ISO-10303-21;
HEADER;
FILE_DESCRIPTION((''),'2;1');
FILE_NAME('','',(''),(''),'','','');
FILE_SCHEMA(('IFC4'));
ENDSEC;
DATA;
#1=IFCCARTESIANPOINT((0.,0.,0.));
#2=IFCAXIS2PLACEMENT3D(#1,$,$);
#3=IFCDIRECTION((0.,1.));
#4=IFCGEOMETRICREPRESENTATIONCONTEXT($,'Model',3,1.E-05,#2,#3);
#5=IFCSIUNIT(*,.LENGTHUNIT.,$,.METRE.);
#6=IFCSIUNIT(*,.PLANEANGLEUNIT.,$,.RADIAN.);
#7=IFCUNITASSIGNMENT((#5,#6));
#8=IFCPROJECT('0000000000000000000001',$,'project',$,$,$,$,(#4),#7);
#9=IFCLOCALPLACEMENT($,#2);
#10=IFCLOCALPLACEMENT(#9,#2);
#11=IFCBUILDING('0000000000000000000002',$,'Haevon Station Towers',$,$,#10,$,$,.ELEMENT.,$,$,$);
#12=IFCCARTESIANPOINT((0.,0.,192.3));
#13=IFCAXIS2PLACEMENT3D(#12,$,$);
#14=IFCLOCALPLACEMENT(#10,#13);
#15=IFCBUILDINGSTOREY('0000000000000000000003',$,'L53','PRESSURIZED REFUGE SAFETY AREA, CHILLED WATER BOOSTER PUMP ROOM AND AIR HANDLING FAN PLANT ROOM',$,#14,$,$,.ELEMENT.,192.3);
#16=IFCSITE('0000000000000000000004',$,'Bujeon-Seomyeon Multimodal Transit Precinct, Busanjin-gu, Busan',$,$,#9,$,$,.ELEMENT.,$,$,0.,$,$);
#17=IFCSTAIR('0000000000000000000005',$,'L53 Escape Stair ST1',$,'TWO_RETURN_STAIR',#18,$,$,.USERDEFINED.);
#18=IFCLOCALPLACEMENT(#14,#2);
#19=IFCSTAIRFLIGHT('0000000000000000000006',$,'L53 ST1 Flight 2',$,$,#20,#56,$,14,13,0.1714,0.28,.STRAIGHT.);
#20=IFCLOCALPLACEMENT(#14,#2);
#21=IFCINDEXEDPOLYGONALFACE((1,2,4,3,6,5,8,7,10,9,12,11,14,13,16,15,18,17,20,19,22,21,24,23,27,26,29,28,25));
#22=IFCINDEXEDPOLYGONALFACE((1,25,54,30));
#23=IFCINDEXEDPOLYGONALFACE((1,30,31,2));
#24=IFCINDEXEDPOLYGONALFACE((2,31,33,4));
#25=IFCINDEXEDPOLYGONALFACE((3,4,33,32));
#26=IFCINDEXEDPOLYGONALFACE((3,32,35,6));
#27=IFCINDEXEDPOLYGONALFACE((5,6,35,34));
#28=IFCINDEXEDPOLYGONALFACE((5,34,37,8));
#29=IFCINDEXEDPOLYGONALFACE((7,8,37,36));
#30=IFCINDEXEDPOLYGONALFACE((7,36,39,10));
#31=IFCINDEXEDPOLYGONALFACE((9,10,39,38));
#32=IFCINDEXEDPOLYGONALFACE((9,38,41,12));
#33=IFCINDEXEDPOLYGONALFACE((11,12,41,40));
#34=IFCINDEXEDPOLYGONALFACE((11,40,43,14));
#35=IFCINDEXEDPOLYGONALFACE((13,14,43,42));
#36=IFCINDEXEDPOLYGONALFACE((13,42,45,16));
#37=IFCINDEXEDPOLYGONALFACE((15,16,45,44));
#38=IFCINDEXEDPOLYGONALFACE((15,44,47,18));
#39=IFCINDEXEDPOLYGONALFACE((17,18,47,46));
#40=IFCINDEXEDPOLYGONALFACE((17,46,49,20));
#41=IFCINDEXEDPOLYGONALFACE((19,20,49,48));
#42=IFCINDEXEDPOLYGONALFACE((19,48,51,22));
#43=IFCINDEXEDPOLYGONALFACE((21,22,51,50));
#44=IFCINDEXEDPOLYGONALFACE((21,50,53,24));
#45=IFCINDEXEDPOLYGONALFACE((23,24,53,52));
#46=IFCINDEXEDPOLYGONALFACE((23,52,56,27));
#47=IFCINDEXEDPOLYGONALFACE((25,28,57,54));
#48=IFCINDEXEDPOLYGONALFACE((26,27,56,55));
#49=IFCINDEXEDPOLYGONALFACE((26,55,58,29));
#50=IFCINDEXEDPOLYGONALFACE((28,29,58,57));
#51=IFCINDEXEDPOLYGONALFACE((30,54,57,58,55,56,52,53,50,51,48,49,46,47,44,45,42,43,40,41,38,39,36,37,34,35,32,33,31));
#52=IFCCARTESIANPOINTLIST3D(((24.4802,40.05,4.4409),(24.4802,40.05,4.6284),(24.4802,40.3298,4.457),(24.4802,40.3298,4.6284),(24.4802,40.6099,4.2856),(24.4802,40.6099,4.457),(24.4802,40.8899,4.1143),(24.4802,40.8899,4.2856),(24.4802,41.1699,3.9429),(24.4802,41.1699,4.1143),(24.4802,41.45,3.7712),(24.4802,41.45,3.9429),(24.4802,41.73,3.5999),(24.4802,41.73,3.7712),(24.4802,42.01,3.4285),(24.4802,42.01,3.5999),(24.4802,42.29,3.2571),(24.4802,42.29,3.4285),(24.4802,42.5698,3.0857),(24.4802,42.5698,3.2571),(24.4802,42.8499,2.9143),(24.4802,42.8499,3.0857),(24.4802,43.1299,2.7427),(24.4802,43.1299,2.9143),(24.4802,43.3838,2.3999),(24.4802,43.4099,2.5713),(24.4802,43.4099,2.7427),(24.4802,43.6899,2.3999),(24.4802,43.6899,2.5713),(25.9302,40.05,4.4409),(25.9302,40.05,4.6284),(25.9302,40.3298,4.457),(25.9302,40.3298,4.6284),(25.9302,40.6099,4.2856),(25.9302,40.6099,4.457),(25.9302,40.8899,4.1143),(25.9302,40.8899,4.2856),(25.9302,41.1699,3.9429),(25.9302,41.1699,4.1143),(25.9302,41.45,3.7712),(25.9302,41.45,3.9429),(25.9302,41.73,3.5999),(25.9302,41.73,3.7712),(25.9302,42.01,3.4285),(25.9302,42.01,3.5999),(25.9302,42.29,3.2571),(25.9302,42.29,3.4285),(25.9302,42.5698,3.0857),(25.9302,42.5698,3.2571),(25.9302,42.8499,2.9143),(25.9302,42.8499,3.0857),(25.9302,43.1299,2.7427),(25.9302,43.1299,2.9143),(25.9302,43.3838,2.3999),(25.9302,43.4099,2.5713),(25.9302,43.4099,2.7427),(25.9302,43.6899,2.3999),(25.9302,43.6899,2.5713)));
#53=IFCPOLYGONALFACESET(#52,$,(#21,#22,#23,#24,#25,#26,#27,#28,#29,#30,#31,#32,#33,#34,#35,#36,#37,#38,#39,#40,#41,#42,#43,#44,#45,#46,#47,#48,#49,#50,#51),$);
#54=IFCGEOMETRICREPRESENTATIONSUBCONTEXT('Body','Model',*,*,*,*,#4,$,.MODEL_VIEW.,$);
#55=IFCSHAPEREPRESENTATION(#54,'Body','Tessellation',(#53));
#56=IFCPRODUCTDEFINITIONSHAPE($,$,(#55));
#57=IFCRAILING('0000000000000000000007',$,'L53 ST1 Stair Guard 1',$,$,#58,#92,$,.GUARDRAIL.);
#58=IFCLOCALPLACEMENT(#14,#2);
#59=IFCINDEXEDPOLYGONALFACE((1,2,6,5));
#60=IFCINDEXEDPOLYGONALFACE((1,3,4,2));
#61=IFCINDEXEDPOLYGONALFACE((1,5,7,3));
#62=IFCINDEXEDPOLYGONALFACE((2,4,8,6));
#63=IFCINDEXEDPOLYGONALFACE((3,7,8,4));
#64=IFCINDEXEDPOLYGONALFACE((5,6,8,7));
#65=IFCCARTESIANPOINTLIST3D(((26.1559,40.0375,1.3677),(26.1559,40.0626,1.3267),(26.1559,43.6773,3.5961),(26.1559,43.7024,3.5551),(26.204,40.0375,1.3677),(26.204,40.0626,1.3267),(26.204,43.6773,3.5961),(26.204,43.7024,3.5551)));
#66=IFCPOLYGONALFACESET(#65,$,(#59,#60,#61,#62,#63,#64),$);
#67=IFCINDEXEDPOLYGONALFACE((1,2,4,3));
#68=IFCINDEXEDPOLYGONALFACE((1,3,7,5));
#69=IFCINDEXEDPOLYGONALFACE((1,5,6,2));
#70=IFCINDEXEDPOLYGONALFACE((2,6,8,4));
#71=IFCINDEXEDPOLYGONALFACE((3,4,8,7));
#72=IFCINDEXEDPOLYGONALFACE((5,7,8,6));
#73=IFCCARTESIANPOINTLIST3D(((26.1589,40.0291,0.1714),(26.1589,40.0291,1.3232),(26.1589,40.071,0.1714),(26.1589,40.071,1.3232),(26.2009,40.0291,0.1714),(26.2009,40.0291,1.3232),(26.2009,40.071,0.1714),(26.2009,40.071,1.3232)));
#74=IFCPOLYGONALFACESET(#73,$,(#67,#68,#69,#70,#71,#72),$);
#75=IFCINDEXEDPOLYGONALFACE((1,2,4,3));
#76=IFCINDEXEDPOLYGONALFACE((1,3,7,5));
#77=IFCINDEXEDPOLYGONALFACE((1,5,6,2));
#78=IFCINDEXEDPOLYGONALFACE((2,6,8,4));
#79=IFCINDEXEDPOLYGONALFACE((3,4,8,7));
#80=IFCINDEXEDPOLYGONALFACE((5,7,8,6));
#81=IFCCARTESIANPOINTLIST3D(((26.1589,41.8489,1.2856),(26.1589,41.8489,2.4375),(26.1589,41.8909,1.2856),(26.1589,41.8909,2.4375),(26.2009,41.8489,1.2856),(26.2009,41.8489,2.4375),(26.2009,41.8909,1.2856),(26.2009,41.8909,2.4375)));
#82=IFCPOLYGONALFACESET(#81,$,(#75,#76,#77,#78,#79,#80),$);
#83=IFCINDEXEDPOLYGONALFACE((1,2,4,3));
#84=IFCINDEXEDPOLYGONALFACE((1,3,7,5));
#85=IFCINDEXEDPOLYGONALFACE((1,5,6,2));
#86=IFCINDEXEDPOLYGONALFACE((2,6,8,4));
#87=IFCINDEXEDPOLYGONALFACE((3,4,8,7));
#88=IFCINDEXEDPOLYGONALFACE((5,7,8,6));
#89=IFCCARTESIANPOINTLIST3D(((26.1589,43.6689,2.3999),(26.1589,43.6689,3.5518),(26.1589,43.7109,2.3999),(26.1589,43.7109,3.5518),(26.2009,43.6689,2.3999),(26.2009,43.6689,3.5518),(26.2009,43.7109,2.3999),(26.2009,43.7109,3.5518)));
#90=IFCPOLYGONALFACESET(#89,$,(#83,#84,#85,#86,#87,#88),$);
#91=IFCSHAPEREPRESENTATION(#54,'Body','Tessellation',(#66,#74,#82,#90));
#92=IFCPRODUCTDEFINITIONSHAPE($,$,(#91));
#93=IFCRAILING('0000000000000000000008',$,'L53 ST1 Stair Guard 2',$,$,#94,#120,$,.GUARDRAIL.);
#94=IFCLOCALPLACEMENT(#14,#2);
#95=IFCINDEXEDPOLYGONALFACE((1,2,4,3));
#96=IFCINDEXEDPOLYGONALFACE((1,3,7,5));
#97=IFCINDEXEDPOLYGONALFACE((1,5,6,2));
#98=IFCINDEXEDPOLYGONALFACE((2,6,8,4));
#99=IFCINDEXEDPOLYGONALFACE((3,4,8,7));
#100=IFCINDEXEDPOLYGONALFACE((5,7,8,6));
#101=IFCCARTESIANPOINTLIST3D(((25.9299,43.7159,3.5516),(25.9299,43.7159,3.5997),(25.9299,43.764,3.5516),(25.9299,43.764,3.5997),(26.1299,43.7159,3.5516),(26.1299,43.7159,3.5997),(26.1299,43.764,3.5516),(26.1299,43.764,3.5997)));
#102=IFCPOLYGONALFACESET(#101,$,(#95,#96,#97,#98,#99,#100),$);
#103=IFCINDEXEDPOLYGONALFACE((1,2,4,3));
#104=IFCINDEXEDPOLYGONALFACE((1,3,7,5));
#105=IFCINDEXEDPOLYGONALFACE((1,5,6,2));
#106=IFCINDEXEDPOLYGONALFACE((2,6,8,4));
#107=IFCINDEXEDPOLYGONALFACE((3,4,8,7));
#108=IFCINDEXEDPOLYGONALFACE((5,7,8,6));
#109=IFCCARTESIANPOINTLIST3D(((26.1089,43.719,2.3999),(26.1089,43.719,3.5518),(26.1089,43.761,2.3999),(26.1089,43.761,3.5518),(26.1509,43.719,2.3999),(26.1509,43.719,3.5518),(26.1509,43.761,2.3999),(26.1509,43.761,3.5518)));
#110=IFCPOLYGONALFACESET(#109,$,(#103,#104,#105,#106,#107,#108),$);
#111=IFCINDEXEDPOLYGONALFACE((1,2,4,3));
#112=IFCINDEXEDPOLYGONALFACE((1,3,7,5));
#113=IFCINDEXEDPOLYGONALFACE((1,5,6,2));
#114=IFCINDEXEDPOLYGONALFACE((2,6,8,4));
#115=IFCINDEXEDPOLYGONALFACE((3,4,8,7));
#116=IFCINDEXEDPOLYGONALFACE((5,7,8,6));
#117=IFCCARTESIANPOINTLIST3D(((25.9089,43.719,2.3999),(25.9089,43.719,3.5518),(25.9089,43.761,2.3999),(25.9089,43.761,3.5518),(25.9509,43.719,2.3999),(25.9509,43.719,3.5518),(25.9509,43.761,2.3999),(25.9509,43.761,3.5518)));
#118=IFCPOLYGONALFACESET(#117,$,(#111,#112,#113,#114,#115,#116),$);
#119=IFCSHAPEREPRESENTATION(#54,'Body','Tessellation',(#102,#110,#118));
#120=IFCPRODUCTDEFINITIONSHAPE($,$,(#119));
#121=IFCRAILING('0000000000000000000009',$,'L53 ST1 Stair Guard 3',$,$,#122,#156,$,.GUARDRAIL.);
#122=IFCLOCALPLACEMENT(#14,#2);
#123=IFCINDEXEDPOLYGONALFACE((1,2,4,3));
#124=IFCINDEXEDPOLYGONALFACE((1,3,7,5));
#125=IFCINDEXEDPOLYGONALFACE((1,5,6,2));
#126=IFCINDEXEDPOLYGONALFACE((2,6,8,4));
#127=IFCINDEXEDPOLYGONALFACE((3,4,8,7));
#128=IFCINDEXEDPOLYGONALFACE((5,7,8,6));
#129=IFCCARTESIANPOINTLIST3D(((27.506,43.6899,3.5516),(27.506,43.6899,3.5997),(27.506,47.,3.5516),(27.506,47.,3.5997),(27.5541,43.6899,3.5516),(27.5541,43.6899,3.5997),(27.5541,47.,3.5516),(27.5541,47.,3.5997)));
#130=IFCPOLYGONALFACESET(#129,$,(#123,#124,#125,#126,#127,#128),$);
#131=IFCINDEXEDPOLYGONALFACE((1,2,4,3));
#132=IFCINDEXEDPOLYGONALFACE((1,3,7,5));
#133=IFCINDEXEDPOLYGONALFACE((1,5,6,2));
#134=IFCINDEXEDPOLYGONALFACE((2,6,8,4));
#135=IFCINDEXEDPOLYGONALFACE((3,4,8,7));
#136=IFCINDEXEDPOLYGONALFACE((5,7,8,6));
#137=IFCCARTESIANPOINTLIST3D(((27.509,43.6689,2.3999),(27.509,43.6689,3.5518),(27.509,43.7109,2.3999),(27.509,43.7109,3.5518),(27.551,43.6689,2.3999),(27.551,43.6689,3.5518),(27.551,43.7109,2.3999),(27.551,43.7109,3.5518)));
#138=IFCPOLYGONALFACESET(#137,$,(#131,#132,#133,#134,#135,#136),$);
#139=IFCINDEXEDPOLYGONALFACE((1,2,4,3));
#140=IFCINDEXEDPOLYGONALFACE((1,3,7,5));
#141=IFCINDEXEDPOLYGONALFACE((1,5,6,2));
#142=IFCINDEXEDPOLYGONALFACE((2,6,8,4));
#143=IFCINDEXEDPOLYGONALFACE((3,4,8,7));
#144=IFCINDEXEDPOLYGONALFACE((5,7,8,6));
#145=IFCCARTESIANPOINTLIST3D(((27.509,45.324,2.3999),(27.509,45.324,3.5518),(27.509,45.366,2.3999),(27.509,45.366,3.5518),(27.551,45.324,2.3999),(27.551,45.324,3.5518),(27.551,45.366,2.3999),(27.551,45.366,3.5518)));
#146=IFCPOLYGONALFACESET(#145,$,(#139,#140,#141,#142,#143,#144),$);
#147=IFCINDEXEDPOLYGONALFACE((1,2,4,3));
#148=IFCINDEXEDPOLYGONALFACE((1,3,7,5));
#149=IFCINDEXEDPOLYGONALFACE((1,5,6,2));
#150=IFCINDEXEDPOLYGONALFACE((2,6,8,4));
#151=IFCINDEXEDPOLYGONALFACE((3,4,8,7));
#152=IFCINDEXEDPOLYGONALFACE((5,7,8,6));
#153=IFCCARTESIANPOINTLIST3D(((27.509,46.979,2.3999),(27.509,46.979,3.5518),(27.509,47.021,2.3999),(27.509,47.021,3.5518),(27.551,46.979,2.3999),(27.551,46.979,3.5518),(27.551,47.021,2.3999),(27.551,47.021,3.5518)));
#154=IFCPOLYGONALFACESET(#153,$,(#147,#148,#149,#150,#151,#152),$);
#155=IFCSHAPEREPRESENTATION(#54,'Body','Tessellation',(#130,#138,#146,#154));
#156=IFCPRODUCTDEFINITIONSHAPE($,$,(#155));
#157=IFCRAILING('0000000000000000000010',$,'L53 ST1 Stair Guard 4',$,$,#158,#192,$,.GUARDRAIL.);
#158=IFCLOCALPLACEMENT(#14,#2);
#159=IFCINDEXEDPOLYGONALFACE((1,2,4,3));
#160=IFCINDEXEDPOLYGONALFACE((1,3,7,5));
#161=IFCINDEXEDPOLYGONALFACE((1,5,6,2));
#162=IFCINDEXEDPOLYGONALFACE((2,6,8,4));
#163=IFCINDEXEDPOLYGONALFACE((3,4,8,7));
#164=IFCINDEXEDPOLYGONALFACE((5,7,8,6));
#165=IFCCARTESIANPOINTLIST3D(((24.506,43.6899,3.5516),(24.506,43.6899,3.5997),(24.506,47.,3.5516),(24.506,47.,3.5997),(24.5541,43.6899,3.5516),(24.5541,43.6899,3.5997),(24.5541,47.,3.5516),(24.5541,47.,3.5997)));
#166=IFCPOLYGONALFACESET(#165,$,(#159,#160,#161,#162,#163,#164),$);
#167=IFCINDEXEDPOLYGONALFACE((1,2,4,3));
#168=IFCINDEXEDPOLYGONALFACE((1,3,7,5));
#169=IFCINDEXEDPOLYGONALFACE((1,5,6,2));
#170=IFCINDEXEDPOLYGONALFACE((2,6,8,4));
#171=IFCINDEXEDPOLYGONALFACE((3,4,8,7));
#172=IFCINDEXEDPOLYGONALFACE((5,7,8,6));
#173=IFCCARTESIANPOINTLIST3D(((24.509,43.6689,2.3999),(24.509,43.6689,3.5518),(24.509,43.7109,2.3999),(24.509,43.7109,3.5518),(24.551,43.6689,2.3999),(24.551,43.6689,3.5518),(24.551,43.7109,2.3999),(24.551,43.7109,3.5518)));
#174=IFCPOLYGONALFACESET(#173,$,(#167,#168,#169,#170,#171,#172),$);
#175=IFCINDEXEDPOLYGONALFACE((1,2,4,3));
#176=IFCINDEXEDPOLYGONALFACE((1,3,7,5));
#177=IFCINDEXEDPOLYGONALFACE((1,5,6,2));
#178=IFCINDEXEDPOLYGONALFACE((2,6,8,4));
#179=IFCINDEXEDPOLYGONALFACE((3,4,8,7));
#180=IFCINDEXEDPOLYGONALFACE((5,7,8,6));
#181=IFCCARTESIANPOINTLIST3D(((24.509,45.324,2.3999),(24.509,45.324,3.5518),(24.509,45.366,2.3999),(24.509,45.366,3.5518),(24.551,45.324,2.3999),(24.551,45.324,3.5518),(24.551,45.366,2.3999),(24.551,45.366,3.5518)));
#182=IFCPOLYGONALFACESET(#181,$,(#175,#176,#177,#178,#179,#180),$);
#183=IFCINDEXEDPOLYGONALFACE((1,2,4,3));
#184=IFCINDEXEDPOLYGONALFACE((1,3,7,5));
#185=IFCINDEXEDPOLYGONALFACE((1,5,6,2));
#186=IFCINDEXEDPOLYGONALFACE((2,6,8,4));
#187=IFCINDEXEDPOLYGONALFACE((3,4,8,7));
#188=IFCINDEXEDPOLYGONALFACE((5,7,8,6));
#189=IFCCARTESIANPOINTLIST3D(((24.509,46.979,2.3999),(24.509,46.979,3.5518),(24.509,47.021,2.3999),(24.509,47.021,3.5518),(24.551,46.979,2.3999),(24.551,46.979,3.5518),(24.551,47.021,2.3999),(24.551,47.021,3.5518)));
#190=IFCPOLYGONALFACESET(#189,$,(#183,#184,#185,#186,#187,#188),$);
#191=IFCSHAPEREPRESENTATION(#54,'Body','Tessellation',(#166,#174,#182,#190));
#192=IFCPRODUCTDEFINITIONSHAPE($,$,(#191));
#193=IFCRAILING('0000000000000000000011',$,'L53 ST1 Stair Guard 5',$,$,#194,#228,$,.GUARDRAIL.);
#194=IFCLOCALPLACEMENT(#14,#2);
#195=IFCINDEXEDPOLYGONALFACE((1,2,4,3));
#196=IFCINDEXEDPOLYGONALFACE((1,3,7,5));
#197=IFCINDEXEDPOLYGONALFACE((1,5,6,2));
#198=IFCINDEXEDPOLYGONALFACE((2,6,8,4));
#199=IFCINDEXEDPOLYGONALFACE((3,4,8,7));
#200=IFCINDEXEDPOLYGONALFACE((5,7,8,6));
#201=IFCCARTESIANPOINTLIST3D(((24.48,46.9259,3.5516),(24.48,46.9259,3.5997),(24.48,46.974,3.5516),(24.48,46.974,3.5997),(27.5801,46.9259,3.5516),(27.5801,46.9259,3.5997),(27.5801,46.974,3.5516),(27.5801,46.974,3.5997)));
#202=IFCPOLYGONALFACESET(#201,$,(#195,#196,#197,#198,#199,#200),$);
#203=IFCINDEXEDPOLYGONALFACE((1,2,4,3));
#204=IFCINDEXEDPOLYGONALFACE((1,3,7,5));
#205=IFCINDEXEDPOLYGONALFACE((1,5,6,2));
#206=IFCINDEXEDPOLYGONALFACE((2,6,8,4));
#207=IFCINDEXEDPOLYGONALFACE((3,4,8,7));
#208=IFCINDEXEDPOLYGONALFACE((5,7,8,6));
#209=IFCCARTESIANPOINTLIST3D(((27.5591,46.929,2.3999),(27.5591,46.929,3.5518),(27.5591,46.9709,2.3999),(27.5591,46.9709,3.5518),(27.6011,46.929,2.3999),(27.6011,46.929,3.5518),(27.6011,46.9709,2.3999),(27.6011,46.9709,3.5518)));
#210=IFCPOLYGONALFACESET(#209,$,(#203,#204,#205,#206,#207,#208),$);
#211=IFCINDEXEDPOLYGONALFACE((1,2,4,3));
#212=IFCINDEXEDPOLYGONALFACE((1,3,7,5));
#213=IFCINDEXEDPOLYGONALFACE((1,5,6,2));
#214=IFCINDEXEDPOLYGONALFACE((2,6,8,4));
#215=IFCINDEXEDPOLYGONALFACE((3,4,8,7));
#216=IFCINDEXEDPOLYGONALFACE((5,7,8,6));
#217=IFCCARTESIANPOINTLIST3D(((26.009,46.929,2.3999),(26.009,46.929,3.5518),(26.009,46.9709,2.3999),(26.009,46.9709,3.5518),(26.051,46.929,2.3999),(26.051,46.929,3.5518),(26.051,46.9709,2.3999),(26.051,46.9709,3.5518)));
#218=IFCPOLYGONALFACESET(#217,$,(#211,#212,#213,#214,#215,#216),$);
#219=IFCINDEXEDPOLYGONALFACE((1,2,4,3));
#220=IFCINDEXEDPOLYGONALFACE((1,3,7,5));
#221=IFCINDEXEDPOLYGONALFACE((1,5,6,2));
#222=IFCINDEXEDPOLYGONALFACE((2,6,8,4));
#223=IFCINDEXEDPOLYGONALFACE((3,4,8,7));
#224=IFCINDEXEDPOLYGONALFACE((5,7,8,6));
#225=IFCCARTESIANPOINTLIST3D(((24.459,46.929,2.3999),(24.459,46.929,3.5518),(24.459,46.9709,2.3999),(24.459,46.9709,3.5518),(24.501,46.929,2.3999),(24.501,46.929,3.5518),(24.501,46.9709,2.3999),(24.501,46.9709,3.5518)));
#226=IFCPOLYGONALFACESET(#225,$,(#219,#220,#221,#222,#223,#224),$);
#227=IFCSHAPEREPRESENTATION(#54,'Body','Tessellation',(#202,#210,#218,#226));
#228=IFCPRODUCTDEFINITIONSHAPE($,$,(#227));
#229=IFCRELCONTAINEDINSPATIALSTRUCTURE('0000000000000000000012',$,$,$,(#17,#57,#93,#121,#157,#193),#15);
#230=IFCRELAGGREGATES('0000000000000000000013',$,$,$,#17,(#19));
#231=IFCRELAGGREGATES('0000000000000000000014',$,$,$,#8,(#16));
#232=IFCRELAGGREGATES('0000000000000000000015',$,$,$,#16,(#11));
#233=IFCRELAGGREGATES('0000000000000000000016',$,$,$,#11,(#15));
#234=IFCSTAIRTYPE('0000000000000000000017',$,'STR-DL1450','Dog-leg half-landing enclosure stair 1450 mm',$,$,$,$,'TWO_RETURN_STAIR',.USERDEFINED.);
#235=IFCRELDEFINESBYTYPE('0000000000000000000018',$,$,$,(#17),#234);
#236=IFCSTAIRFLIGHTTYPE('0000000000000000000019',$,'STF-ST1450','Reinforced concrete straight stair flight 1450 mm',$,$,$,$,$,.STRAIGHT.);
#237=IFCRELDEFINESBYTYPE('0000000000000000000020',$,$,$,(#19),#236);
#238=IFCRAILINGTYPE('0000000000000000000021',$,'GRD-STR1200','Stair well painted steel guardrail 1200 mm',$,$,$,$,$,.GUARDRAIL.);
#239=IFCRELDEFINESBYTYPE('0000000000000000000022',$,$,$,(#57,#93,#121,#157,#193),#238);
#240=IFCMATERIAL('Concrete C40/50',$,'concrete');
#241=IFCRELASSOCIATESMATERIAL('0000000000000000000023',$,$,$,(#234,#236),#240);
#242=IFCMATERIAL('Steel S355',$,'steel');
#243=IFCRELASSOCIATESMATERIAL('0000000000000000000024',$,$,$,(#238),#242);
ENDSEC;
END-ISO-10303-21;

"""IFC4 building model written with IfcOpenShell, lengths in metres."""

from ifc_helpers import new_model, si_unit, direction, frame, origin, origin_2d, place, context, subcontext, project, spatial, polyline, rectangle, outline, extrude, material, type_object, element, aggregate, save


model = new_model("IFC4")

# Units and contexts
model_context = context("Model", 3, precision=1e-05, world=origin(), true_north=direction((0.0, 1.0)))
body_context = subcontext(model_context, "Body", "Model", "MODEL_VIEW")
ifc_project = project(units=[si_unit("LENGTHUNIT", "METRE"), si_unit("PLANEANGLEUNIT", "RADIAN")], contexts=[model_context])

# Site, building, storey
site_placement = place(None, origin())
site = spatial("IfcSite", under=ifc_project, at=site_placement, Name="Bujeon-Seomyeon Multimodal Transit Precinct, Busanjin-gu, Busan", CompositionType="ELEMENT", RefElevation=0.0)
building_placement = place(site_placement, origin())
building = spatial("IfcBuilding", under=site, at=building_placement, Name="Haevon Station Towers", CompositionType="ELEMENT")
storey_placement = place(building_placement, frame((0.0, 0.0, 192.3)))
storey = spatial("IfcBuildingStorey", under=building, at=storey_placement, Name="L53", Description="PRESSURIZED REFUGE SAFETY AREA, CHILLED WATER BOOSTER PUMP ROOM AND AIR HANDLING FAN PLANT ROOM", CompositionType="ELEMENT", Elevation=192.3)

# Shared definitions
ifc_material_1 = material(Name="Steel S355", Category="steel")

# Shared definitions
ifc_material_2 = material(Name="Concrete C40/50", Category="concrete")

# Stair, stair flight
stair_type = type_object("IfcStairType", Name="STR-DL1450", Description="Dog-leg half-landing enclosure stair 1450 mm", ElementType="TWO_RETURN_STAIR", PredefinedType="USERDEFINED", material=ifc_material_2)
stair_placement = place(storey_placement, origin())
stair = element("IfcStair", 1, at=stair_placement, inside=storey, type_object=stair_type, Name="L53 Escape Stair ST1", ObjectType="TWO_RETURN_STAIR", PredefinedType="USERDEFINED")
stair_flight_type = type_object("IfcStairFlightType", Name="STF-ST1450", Description="Reinforced concrete straight stair flight 1450 mm", PredefinedType="STRAIGHT", material=ifc_material_2)
stair_flight_1_placement = place(storey_placement, frame((25.2051, 43.6899, 2.3999), z_axis=(0.0, 0.0, 1.0), x_axis=(0.0, -1.0, 0.0)))
stair_flight_1 = element("IfcStairFlight", 2, at=stair_flight_1_placement, type_object=stair_flight_type, Name="L53 ST1 Flight 2", NumberOfRisers=14, NumberOfTreads=13, PredefinedType="STRAIGHT", RiserHeight=0.1714, TreadLength=0.28, context=body_context, shape_type="SweptSolid", body=[
    extrude(outline(polyline([(0.0, 0.0), (0.0, 0.1714), (0.28, 0.1714), (0.28, 0.3428), (0.5601, 0.3428), (0.5601, 0.5144), (0.8401, 0.5144), (0.8401, 0.6858), (1.1201, 0.6858), (1.1201, 0.8572), (1.3999, 0.8572), (1.3999, 1.0286), (1.6799, 1.0286), (1.6799, 1.2), (1.96, 1.2), (1.96, 1.3713), (2.24, 1.3713), (2.24, 1.543), (2.52, 1.543), (2.52, 1.7144), (2.8, 1.7144), (2.8, 1.8857), (3.0801, 1.8857), (3.0801, 2.0571), (3.3601, 2.0571), (3.3601, 2.2285), (3.6399, 2.2285), (3.6399, 2.3999), (3.6399, 2.041), (0.3062, 0.0), (0.0, 0.0)])), frame((0.0, 0.7251, 0.0), z_axis=(0.0, -1.0, 0.0), x_axis=(1.0, 0.0, 0.0)), (0.0, 0.0, 1.0), 1.45),
])
aggregate(stair, [stair_flight_1])

# Railings
railing_type_1 = type_object("IfcRailingType", Name="GRD-STR1200", Description="Stair well painted steel guardrail 1200 mm", PredefinedType="GUARDRAIL", material=ifc_material_1)
railing_1_placement = place(storey_placement, frame((26.1799, 40.05, 0.1714)))
element("IfcRailing", 3, at=railing_1_placement, inside=storey, type_object=railing_type_1, Name="L53 ST1 Stair Guard 1", PredefinedType="GUARDRAIL", context=body_context, shape_type="SweptSolid", body=[
    extrude(rectangle(XDim=0.0481, YDim=0.0481, at=origin_2d()), frame((0.0, 0.0, 1.1758), z_axis=(0.0, 0.85285, 0.522156), x_axis=(-1.0, 0.0, 0.0)), (0.0, 0.0, 1.0), 4.2678),
    extrude(rectangle(XDim=0.042, YDim=0.042, at=origin_2d()), origin(), (0.0, 0.0, 1.0), 1.1519),
    extrude(rectangle(XDim=0.042, YDim=0.042, at=origin_2d()), frame((0.0, 1.8198, 1.1143)), (0.0, 0.0, 1.0), 1.1519),
    extrude(rectangle(XDim=0.042, YDim=0.042, at=origin_2d()), frame((0.0, 3.6399, 2.2285)), (0.0, 0.0, 1.0), 1.1519),
])
railing_2_placement = place(storey_placement, frame((26.1299, 43.74, 2.3999)))
element("IfcRailing", 4, at=railing_2_placement, inside=storey, type_object=railing_type_1, Name="L53 ST1 Stair Guard 2", PredefinedType="GUARDRAIL", context=body_context, shape_type="SweptSolid", body=[
    extrude(rectangle(XDim=0.0481, YDim=0.0481, at=origin_2d()), frame((0.0, 0.0, 1.1758), z_axis=(-1.0, 0.0, 0.0), x_axis=(0.0, -1.0, 0.0)), (0.0, 0.0, 1.0), 0.2),
    extrude(rectangle(XDim=0.042, YDim=0.042, at=origin_2d()), origin(), (0.0, 0.0, 1.0), 1.1519),
    extrude(rectangle(XDim=0.042, YDim=0.042, at=origin_2d()), frame((-0.2, 0.0, 0.0)), (0.0, 0.0, 1.0), 1.1519),
])
for number, where, name in (
    (5, (27.53, 43.6899, 2.3999), "L53 ST1 Stair Guard 3"),
    (6, (24.53, 43.6899, 2.3999), "L53 ST1 Stair Guard 4"),
):
    element("IfcRailing", number, at=place(storey_placement, frame(where)), inside=storey, type_object=railing_type_1, Name=name, PredefinedType="GUARDRAIL", context=body_context, shape_type="SweptSolid", body=[
        extrude(rectangle(XDim=0.0481, YDim=0.0481, at=origin_2d()), frame((0.0, 0.0, 1.1758), z_axis=(0.0, 1.0, 0.0), x_axis=(-1.0, 0.0, 0.0)), (0.0, 0.0, 1.0), 3.3101),
        extrude(rectangle(XDim=0.042, YDim=0.042, at=origin_2d()), origin(), (0.0, 0.0, 1.0), 1.1519),
        extrude(rectangle(XDim=0.042, YDim=0.042, at=origin_2d()), frame((0.0, 1.655, 0.0)), (0.0, 0.0, 1.0), 1.1519),
        extrude(rectangle(XDim=0.042, YDim=0.042, at=origin_2d()), frame((0.0, 3.3101, 0.0)), (0.0, 0.0, 1.0), 1.1519),
    ])
railing_3_placement = place(storey_placement, frame((27.5801, 46.95, 2.3999)))
element("IfcRailing", 7, at=railing_3_placement, inside=storey, type_object=railing_type_1, Name="L53 ST1 Stair Guard 5", PredefinedType="GUARDRAIL", context=body_context, shape_type="SweptSolid", body=[
    extrude(rectangle(XDim=0.0481, YDim=0.0481, at=origin_2d()), frame((0.0, 0.0, 1.1758), z_axis=(-1.0, 0.0, 0.0), x_axis=(0.0, -1.0, 0.0)), (0.0, 0.0, 1.0), 3.1001),
    extrude(rectangle(XDim=0.042, YDim=0.042, at=origin_2d()), origin(), (0.0, 0.0, 1.0), 1.1519),
    extrude(rectangle(XDim=0.042, YDim=0.042, at=origin_2d()), frame((-1.55, 0.0, 0.0)), (0.0, 0.0, 1.0), 1.1519),
    extrude(rectangle(XDim=0.042, YDim=0.042, at=origin_2d()), frame((-3.1001, 0.0, 0.0)), (0.0, 0.0, 1.0), 1.1519),
])

save(model, "model.ifc")
